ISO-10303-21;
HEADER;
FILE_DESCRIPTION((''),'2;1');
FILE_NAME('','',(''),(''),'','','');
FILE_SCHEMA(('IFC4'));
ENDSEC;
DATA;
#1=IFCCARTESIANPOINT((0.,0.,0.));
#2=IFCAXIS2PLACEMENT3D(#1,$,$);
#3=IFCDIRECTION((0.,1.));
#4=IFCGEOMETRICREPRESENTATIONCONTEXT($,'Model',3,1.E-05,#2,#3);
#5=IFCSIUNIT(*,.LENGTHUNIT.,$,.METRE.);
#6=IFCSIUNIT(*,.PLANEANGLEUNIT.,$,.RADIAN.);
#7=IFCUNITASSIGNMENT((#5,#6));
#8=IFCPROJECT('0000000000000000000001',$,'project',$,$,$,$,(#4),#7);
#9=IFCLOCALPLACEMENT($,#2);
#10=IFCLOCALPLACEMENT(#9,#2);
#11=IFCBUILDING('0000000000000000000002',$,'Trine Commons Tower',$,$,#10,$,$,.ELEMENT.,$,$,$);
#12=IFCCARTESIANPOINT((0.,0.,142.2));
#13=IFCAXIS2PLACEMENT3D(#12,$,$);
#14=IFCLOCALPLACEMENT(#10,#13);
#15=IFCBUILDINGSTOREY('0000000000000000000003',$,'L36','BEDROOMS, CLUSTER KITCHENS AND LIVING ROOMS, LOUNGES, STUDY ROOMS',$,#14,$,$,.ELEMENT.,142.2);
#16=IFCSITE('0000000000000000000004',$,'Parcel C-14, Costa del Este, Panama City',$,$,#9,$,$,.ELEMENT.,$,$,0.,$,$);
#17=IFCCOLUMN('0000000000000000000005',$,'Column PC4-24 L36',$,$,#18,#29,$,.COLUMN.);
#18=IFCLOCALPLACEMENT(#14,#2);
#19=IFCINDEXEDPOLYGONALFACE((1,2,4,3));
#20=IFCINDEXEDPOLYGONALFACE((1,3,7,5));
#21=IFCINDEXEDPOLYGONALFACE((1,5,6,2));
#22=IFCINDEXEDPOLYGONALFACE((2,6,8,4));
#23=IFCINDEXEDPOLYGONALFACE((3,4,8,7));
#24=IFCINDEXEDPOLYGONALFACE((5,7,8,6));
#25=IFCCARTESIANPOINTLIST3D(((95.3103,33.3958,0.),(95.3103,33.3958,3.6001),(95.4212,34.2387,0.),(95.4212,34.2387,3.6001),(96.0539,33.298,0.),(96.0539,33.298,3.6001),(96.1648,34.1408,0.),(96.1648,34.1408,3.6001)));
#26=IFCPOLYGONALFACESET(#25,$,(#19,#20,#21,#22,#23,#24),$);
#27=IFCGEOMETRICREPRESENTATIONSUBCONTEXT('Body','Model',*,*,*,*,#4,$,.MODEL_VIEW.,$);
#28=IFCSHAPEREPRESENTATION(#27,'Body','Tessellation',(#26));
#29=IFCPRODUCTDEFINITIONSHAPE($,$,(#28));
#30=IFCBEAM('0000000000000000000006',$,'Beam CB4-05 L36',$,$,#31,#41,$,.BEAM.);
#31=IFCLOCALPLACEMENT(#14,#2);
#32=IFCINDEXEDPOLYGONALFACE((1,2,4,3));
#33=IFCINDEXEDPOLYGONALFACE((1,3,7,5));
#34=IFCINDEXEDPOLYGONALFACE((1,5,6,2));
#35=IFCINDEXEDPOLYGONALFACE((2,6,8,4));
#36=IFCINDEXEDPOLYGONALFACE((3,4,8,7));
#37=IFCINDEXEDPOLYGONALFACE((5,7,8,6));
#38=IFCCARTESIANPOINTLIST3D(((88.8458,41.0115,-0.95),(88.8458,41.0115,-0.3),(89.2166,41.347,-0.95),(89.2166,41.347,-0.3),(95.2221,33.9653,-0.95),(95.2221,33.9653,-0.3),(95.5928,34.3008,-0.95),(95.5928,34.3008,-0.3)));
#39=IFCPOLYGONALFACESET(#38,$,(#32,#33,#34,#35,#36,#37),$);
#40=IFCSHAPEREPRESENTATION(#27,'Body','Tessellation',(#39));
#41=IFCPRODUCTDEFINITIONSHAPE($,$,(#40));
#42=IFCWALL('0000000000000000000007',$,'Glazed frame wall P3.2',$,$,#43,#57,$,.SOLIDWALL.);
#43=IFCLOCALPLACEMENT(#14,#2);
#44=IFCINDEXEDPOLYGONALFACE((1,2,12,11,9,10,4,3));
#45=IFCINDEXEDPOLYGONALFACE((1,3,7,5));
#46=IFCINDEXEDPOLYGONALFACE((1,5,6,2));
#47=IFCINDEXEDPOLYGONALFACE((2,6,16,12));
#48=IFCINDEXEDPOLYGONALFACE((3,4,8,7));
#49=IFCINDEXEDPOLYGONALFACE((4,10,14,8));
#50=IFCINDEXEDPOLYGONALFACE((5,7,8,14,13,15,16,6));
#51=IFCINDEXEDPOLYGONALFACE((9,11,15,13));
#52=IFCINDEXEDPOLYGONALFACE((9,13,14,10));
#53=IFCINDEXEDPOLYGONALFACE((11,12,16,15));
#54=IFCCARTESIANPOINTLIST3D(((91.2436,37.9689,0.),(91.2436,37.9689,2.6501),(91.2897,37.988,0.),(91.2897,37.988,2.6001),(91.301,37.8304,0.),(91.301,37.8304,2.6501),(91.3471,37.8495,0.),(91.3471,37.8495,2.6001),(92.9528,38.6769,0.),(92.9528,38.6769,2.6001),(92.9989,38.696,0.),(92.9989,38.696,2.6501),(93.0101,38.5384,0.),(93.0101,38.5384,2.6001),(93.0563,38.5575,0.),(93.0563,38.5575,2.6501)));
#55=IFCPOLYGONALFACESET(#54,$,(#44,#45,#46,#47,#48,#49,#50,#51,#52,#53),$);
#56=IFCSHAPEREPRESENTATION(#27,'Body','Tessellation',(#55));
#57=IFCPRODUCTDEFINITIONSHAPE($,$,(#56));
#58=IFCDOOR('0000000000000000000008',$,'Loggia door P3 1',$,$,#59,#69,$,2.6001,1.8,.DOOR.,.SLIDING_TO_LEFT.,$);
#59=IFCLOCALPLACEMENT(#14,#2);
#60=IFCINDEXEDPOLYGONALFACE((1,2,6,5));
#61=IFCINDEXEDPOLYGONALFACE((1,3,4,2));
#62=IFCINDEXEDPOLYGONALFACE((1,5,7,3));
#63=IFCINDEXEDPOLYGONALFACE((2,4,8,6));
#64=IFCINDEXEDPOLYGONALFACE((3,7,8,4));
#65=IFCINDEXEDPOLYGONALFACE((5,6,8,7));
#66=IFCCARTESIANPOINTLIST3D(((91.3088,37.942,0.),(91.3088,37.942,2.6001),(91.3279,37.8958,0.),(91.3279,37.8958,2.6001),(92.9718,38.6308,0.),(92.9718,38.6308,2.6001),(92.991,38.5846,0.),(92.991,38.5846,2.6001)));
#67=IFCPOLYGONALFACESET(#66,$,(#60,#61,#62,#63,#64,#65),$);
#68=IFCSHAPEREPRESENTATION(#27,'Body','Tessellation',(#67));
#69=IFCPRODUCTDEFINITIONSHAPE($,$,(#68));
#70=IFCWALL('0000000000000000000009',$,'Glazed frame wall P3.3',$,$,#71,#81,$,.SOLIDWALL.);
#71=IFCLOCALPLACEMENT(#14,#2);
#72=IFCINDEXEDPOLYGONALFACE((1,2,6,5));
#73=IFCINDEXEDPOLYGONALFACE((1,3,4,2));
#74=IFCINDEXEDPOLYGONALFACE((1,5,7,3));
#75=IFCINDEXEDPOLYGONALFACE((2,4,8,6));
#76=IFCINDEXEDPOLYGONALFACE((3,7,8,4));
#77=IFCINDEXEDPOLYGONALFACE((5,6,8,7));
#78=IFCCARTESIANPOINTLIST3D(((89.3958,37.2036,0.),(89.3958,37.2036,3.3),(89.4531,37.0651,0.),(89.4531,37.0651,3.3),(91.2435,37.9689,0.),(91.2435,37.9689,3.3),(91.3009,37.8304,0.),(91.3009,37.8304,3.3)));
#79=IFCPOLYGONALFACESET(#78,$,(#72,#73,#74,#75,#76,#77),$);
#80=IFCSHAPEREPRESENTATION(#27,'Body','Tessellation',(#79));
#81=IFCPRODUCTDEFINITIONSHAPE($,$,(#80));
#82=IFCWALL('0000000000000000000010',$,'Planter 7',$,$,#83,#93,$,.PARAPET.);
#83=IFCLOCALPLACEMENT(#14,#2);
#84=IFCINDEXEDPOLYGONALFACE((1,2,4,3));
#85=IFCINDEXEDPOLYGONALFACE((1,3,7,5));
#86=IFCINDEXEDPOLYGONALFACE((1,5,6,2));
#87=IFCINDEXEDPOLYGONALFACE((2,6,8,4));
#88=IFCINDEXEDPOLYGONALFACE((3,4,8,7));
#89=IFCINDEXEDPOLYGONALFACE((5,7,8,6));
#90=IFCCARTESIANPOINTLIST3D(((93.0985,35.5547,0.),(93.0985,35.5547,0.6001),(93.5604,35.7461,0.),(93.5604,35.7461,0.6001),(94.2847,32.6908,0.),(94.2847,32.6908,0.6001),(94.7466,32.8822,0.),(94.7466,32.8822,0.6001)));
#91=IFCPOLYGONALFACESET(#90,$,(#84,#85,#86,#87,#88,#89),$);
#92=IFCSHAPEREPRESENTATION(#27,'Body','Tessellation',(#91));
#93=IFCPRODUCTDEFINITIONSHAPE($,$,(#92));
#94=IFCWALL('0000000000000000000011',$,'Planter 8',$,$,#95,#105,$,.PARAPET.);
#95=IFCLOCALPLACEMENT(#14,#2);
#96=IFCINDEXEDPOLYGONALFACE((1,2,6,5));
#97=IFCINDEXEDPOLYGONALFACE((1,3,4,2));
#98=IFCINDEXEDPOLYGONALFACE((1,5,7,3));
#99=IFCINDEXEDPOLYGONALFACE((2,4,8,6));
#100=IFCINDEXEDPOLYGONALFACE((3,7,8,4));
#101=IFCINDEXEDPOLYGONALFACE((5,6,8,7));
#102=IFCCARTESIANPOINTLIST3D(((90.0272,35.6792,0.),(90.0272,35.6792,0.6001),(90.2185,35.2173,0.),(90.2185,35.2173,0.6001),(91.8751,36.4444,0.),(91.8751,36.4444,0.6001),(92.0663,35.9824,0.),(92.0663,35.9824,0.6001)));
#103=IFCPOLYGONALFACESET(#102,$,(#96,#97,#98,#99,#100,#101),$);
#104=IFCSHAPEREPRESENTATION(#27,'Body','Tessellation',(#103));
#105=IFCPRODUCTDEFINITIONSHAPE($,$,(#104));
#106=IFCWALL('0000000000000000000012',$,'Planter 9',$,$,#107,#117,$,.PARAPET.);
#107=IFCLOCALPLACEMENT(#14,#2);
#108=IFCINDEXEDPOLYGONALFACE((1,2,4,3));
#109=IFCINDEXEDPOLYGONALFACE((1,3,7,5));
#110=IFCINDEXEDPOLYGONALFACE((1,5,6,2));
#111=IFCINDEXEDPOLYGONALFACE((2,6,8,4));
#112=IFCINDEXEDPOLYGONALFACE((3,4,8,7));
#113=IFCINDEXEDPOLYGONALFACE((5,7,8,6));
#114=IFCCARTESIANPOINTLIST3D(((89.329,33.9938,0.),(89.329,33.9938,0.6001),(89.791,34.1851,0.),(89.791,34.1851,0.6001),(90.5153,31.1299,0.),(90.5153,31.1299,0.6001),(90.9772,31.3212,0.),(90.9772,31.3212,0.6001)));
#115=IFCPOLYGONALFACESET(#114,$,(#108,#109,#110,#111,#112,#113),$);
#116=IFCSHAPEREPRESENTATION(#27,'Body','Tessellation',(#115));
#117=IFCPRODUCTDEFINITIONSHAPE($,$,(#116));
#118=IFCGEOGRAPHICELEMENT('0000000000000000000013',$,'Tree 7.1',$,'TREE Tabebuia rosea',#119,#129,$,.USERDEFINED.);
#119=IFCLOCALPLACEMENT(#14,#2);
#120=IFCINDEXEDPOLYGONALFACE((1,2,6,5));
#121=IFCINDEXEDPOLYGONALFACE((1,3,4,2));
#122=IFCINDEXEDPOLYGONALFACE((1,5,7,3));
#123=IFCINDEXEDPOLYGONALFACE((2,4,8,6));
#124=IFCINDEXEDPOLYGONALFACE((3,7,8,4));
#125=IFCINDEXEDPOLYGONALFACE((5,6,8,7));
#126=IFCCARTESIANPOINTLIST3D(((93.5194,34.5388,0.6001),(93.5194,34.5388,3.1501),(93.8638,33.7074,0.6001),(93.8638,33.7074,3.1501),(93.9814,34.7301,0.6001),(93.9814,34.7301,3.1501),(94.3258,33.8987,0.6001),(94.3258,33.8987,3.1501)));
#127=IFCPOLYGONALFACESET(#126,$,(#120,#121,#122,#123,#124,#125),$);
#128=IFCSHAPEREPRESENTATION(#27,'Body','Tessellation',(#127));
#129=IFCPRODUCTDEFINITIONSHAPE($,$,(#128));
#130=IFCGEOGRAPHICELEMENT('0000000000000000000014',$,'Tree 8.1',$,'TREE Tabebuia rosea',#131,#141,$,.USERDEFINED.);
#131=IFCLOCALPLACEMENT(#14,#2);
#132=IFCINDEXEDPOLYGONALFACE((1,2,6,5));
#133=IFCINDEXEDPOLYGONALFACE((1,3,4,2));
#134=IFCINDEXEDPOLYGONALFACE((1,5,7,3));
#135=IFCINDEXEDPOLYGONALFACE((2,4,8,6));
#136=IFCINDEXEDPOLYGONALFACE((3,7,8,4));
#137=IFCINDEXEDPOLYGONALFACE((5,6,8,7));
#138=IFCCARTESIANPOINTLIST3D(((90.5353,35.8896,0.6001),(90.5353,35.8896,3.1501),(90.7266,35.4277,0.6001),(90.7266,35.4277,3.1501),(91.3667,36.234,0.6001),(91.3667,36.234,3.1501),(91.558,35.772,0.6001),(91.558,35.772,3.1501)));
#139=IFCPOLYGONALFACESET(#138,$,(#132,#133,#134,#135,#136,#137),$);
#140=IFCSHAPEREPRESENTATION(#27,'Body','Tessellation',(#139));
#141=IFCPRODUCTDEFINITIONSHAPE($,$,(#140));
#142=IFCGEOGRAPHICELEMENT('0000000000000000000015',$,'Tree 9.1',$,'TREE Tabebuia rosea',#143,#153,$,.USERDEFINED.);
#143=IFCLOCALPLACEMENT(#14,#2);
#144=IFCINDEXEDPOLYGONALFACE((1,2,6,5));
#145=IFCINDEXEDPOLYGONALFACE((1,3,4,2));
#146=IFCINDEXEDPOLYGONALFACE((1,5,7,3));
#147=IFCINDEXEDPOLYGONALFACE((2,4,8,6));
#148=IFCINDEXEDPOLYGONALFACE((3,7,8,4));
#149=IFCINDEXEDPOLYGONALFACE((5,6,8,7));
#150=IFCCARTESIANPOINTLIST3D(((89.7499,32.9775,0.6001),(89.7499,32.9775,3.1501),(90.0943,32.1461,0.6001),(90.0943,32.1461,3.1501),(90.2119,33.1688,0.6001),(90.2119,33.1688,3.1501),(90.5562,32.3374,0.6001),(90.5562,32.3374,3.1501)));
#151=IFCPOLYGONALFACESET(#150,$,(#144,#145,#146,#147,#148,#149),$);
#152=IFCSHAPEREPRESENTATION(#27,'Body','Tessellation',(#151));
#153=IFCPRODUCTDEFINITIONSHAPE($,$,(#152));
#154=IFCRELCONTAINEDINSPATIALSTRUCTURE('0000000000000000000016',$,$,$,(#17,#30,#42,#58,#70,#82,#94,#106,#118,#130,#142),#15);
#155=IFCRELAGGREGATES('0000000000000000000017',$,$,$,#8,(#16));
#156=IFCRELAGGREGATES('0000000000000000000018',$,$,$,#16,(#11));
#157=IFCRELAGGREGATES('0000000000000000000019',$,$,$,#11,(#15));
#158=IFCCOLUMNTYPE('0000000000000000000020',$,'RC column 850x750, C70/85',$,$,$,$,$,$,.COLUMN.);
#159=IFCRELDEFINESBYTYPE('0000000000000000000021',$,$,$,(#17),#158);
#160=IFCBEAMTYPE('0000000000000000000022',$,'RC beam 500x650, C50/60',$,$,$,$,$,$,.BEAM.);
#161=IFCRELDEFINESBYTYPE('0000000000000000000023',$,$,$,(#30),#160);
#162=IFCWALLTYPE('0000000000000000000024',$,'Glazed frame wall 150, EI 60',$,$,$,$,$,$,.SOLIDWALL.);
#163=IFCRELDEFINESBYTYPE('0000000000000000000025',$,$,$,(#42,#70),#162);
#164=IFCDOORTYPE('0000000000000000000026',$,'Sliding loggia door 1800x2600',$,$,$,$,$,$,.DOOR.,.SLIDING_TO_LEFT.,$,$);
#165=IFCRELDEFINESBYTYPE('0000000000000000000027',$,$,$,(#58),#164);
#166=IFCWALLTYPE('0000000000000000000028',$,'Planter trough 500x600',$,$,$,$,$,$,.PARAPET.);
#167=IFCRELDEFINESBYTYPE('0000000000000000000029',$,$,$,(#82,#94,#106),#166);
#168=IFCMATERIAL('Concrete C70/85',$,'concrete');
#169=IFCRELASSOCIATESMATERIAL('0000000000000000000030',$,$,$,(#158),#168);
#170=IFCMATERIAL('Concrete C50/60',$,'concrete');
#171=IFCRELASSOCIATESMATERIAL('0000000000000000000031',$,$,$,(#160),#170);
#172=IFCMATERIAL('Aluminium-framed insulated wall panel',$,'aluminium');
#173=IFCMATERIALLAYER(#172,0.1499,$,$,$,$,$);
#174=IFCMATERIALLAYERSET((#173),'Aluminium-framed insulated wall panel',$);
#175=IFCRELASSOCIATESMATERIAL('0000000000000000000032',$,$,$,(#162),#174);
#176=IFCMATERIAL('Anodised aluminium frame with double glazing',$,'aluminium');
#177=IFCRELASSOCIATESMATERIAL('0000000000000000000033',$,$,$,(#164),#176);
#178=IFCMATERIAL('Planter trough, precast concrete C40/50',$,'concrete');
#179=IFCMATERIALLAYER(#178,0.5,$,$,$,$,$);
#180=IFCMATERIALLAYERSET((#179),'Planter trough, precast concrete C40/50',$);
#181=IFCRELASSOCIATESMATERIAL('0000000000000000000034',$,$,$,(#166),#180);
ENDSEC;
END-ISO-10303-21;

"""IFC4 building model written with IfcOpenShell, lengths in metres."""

from ifc_helpers import new_model, si_unit, direction, frame, frame_2d, origin, origin_2d, place, context, subcontext, project, spatial, polyline, rectangle, outline, extrude, material, layer, layer_set, material_profile, profile_set, type_object, element, fill, save


model = new_model("IFC4")

# Units and contexts
model_context = context("Model", 3, precision=1e-05, world=origin(), true_north=direction((0.0, 1.0)))
body_context = subcontext(model_context, "Body", "Model", "MODEL_VIEW")
ifc_project = project(units=[si_unit("LENGTHUNIT", "METRE"), si_unit("PLANEANGLEUNIT", "RADIAN")], contexts=[model_context])

# Site, building, storey
site_placement = place(None, origin())
site = spatial("IfcSite", under=ifc_project, at=site_placement, Name="Parcel C-14, Costa del Este, Panama City", CompositionType="ELEMENT", RefElevation=0.0)
building_placement = place(site_placement, origin())
building = spatial("IfcBuilding", under=site, at=building_placement, Name="Trine Commons Tower", CompositionType="ELEMENT")
storey_placement = place(building_placement, frame((0.0, 0.0, 142.2)))
storey = spatial("IfcBuildingStorey", under=building, at=storey_placement, Name="L36", Description="BEDROOMS, CLUSTER KITCHENS AND LIVING ROOMS, LOUNGES, STUDY ROOMS", CompositionType="ELEMENT", Elevation=142.2)

# Column
ifc_material_1 = material(Name="Concrete C70/85", Category="concrete")
ifc_material_profile_1 = material_profile(ifc_material_1, rectangle(XDim=0.8501, YDim=0.75, at=origin_2d()), Name="RC 850x750")
ifc_profile_set_1 = profile_set([ifc_material_profile_1], Name="Concrete C70/85")
column_type = type_object("IfcColumnType", Name="RC column 850x750, C70/85", PredefinedType="COLUMN", material=ifc_profile_set_1)
column_placement = place(storey_placement, frame((95.7375, 33.7683, 0.0), z_axis=(0.0, 0.0, 1.0), x_axis=(0.130526, 0.991445, 0.0)))
element("IfcColumn", 1, at=column_placement, inside=storey, type_object=column_type, Name="Column PC4-24 L36", PredefinedType="COLUMN", context=body_context, shape_type="SweptSolid", body=[
    extrude(rectangle(XDim=0.8501, YDim=0.75, at=origin_2d()), origin(), (0.0, 0.0, 1.0), 3.6001),
])

# Beam
ifc_material_2 = material(Name="Concrete C50/60", Category="concrete")
ifc_material_profile_2 = material_profile(ifc_material_2, rectangle(XDim=0.5, YDim=0.6499, at=origin_2d()), Name="RC 500x650")
ifc_profile_set_2 = profile_set([ifc_material_profile_2], Name="Concrete C50/60")
beam_type = type_object("IfcBeamType", Name="RC beam 500x650, C50/60", PredefinedType="BEAM", material=ifc_profile_set_2)
beam_placement = place(storey_placement, frame((95.4075, 34.1331, -0.625), z_axis=(-0.670979, 0.741476, 0.0), x_axis=(-0.741476, -0.670979, 0.0)))
element("IfcBeam", 2, at=beam_placement, inside=storey, type_object=beam_type, Name="Beam CB4-05 L36", PredefinedType="BEAM", context=body_context, shape_type="SweptSolid", body=[
    extrude(rectangle(XDim=0.5, YDim=0.6499, at=origin_2d()), origin(), (0.0, 0.0, 1.0), 9.5029),
])

# Shared definitions
ifc_material_3 = material(Name="Aluminium-framed insulated wall panel", Category="aluminium")
ifc_layer_1 = layer(ifc_material_3, 0.1499)
ifc_layer_set_1 = layer_set([ifc_layer_1], Name="Aluminium-framed insulated wall panel")
wall_type_1 = type_object("IfcWallType", Name="Glazed frame wall 150, EI 60", PredefinedType="SOLIDWALL", material=ifc_layer_set_1)

# Wall, opening, door
wall_1_placement = place(storey_placement, frame((93.0276, 38.6267, 0.0), z_axis=(0.0, 0.0, 1.0), x_axis=(-0.923888, -0.382662, 0.0)))
wall_1 = element("IfcWall", 3, at=wall_1_placement, inside=storey, type_object=wall_type_1, Name="Glazed frame wall P3.2", PredefinedType="SOLIDWALL", context=body_context, shape_type="SweptSolid", body=[
    extrude(outline(polyline([(0.0, -0.075), (1.8999, -0.075), (1.8999, 0.075), (0.0, 0.075), (0.0, -0.075)])), origin(), (0.0, 0.0, 1.0), 2.6501),
])
opening_placement = place(wall_1_placement, frame((0.05, 0.0, 0.0)))
opening = element("IfcOpeningElement", 4, at=opening_placement, cuts=wall_1, PredefinedType="OPENING", context=body_context, shape_type="SweptSolid", body=[
    extrude(rectangle(XDim=1.8, YDim=2.6001, at=frame_2d((0.8999, 1.3))), frame((0.0, 0.085, 0.0), z_axis=(0.0, -1.0, 0.0), x_axis=(1.0, 0.0, 0.0)), (0.0, 0.0, 1.0), 0.1699),
])
ifc_material_4 = material(Name="Anodised aluminium frame with double glazing", Category="aluminium")
door_type = type_object("IfcDoorType", Name="Sliding loggia door 1800x2600", OperationType="SLIDING_TO_LEFT", PredefinedType="DOOR", material=ifc_material_4)
door_placement = place(opening_placement, origin())
door = element("IfcDoor", 5, at=door_placement, inside=storey, type_object=door_type, Name="Loggia door P3 1", OperationType="SLIDING_TO_LEFT", OverallHeight=2.6001, OverallWidth=1.8, PredefinedType="DOOR", context=body_context, shape_type="SweptSolid", body=[
    extrude(rectangle(XDim=1.8, YDim=2.6001, at=frame_2d((0.8999, 1.3))), frame((0.0, 0.0249, 0.0), z_axis=(0.0, -1.0, 0.0), x_axis=(1.0, 0.0, 0.0)), (0.0, 0.0, 1.0), 0.05),
])
fill(opening, door)

# Walls
wall_2_placement = place(storey_placement, frame((91.2722, 37.8997, 0.0), z_axis=(0.0, 0.0, 1.0), x_axis=(-0.923887, -0.382664, 0.0)))
element("IfcWall", 6, at=wall_2_placement, inside=storey, type_object=wall_type_1, Name="Glazed frame wall P3.3", PredefinedType="SOLIDWALL", context=body_context, shape_type="SweptSolid", body=[
    extrude(outline(polyline([(0.0, -0.075), (2.0, -0.075), (2.0, 0.075), (0.0, 0.075), (0.0, -0.075)])), origin(), (0.0, 0.0, 1.0), 3.3),
])
ifc_material_5 = material(Name="Planter trough, precast concrete C40/50", Category="concrete")
ifc_layer_2 = layer(ifc_material_5, 0.5)
ifc_layer_set_2 = layer_set([ifc_layer_2], Name="Planter trough, precast concrete C40/50")
wall_type_2 = type_object("IfcWallType", Name="Planter trough 500x600", PredefinedType="PARAPET", material=ifc_layer_set_2)
wall_3_placement = place(storey_placement, frame((94.5156, 32.7866, 0.0), z_axis=(0.0, 0.0, 1.0), x_axis=(-0.382674, 0.923883, 0.0)))
element("IfcWall", 7, at=wall_3_placement, inside=storey, type_object=wall_type_2, Name="Planter 7", PredefinedType="PARAPET", context=body_context, shape_type="SweptSolid", body=[
    extrude(rectangle(XDim=3.0999, YDim=0.5, at=frame_2d((1.5498, 0.0))), origin(), (0.0, 0.0, 1.0), 0.6001),
])
wall_4_placement = place(storey_placement, frame((91.9707, 36.2134, 0.0), z_axis=(0.0, 0.0, 1.0), x_axis=(-0.923931, -0.38256, 0.0)))
element("IfcWall", 8, at=wall_4_placement, inside=storey, type_object=wall_type_2, Name="Planter 8", PredefinedType="PARAPET", context=body_context, shape_type="SweptSolid", body=[
    extrude(rectangle(XDim=2.0, YDim=0.5, at=frame_2d((1.0, 0.0))), origin(), (0.0, 0.0, 1.0), 0.6001),
])
wall_5_placement = place(storey_placement, frame((89.5601, 34.0894, 0.0), z_axis=(0.0, 0.0, 1.0), x_axis=(0.382674, -0.923883, 0.0)))
element("IfcWall", 9, at=wall_5_placement, inside=storey, type_object=wall_type_2, Name="Planter 9", PredefinedType="PARAPET", context=body_context, shape_type="SweptSolid", body=[
    extrude(rectangle(XDim=3.0999, YDim=0.5, at=frame_2d((1.5498, 0.0))), origin(), (0.0, 0.0, 1.0), 0.6001),
])

# Geographic elements
for number, where, z_axis, x_axis, name in (
    (10, (93.9226, 34.2188, 0.6001), (0.0, 0.0, 1.0), (-0.382695, 0.923875, 0.0), "Tree 7.1"),
    (11, (91.0466, 35.8308, 0.6001), (0.0, 0.0, 1.0), (-0.923878, -0.382688, 0.0), "Tree 8.1"),
    (12, (90.1531, 32.6575, 0.6001), (0.0, 0.0, 1.0), (0.382695, -0.923875, 0.0), "Tree 9.1"),
):
    element("IfcGeographicElement", number, at=place(storey_placement, frame(where, z_axis=z_axis, x_axis=x_axis)), inside=storey, Name=name, ObjectType="TREE Tabebuia rosea", PredefinedType="USERDEFINED", context=body_context, shape_type="SweptSolid", body=[
        extrude(rectangle(XDim=0.8999, YDim=0.5, at=origin_2d()), origin(), (0.0, 0.0, 1.0), 2.55),
    ])

save(model, "model.ifc")
